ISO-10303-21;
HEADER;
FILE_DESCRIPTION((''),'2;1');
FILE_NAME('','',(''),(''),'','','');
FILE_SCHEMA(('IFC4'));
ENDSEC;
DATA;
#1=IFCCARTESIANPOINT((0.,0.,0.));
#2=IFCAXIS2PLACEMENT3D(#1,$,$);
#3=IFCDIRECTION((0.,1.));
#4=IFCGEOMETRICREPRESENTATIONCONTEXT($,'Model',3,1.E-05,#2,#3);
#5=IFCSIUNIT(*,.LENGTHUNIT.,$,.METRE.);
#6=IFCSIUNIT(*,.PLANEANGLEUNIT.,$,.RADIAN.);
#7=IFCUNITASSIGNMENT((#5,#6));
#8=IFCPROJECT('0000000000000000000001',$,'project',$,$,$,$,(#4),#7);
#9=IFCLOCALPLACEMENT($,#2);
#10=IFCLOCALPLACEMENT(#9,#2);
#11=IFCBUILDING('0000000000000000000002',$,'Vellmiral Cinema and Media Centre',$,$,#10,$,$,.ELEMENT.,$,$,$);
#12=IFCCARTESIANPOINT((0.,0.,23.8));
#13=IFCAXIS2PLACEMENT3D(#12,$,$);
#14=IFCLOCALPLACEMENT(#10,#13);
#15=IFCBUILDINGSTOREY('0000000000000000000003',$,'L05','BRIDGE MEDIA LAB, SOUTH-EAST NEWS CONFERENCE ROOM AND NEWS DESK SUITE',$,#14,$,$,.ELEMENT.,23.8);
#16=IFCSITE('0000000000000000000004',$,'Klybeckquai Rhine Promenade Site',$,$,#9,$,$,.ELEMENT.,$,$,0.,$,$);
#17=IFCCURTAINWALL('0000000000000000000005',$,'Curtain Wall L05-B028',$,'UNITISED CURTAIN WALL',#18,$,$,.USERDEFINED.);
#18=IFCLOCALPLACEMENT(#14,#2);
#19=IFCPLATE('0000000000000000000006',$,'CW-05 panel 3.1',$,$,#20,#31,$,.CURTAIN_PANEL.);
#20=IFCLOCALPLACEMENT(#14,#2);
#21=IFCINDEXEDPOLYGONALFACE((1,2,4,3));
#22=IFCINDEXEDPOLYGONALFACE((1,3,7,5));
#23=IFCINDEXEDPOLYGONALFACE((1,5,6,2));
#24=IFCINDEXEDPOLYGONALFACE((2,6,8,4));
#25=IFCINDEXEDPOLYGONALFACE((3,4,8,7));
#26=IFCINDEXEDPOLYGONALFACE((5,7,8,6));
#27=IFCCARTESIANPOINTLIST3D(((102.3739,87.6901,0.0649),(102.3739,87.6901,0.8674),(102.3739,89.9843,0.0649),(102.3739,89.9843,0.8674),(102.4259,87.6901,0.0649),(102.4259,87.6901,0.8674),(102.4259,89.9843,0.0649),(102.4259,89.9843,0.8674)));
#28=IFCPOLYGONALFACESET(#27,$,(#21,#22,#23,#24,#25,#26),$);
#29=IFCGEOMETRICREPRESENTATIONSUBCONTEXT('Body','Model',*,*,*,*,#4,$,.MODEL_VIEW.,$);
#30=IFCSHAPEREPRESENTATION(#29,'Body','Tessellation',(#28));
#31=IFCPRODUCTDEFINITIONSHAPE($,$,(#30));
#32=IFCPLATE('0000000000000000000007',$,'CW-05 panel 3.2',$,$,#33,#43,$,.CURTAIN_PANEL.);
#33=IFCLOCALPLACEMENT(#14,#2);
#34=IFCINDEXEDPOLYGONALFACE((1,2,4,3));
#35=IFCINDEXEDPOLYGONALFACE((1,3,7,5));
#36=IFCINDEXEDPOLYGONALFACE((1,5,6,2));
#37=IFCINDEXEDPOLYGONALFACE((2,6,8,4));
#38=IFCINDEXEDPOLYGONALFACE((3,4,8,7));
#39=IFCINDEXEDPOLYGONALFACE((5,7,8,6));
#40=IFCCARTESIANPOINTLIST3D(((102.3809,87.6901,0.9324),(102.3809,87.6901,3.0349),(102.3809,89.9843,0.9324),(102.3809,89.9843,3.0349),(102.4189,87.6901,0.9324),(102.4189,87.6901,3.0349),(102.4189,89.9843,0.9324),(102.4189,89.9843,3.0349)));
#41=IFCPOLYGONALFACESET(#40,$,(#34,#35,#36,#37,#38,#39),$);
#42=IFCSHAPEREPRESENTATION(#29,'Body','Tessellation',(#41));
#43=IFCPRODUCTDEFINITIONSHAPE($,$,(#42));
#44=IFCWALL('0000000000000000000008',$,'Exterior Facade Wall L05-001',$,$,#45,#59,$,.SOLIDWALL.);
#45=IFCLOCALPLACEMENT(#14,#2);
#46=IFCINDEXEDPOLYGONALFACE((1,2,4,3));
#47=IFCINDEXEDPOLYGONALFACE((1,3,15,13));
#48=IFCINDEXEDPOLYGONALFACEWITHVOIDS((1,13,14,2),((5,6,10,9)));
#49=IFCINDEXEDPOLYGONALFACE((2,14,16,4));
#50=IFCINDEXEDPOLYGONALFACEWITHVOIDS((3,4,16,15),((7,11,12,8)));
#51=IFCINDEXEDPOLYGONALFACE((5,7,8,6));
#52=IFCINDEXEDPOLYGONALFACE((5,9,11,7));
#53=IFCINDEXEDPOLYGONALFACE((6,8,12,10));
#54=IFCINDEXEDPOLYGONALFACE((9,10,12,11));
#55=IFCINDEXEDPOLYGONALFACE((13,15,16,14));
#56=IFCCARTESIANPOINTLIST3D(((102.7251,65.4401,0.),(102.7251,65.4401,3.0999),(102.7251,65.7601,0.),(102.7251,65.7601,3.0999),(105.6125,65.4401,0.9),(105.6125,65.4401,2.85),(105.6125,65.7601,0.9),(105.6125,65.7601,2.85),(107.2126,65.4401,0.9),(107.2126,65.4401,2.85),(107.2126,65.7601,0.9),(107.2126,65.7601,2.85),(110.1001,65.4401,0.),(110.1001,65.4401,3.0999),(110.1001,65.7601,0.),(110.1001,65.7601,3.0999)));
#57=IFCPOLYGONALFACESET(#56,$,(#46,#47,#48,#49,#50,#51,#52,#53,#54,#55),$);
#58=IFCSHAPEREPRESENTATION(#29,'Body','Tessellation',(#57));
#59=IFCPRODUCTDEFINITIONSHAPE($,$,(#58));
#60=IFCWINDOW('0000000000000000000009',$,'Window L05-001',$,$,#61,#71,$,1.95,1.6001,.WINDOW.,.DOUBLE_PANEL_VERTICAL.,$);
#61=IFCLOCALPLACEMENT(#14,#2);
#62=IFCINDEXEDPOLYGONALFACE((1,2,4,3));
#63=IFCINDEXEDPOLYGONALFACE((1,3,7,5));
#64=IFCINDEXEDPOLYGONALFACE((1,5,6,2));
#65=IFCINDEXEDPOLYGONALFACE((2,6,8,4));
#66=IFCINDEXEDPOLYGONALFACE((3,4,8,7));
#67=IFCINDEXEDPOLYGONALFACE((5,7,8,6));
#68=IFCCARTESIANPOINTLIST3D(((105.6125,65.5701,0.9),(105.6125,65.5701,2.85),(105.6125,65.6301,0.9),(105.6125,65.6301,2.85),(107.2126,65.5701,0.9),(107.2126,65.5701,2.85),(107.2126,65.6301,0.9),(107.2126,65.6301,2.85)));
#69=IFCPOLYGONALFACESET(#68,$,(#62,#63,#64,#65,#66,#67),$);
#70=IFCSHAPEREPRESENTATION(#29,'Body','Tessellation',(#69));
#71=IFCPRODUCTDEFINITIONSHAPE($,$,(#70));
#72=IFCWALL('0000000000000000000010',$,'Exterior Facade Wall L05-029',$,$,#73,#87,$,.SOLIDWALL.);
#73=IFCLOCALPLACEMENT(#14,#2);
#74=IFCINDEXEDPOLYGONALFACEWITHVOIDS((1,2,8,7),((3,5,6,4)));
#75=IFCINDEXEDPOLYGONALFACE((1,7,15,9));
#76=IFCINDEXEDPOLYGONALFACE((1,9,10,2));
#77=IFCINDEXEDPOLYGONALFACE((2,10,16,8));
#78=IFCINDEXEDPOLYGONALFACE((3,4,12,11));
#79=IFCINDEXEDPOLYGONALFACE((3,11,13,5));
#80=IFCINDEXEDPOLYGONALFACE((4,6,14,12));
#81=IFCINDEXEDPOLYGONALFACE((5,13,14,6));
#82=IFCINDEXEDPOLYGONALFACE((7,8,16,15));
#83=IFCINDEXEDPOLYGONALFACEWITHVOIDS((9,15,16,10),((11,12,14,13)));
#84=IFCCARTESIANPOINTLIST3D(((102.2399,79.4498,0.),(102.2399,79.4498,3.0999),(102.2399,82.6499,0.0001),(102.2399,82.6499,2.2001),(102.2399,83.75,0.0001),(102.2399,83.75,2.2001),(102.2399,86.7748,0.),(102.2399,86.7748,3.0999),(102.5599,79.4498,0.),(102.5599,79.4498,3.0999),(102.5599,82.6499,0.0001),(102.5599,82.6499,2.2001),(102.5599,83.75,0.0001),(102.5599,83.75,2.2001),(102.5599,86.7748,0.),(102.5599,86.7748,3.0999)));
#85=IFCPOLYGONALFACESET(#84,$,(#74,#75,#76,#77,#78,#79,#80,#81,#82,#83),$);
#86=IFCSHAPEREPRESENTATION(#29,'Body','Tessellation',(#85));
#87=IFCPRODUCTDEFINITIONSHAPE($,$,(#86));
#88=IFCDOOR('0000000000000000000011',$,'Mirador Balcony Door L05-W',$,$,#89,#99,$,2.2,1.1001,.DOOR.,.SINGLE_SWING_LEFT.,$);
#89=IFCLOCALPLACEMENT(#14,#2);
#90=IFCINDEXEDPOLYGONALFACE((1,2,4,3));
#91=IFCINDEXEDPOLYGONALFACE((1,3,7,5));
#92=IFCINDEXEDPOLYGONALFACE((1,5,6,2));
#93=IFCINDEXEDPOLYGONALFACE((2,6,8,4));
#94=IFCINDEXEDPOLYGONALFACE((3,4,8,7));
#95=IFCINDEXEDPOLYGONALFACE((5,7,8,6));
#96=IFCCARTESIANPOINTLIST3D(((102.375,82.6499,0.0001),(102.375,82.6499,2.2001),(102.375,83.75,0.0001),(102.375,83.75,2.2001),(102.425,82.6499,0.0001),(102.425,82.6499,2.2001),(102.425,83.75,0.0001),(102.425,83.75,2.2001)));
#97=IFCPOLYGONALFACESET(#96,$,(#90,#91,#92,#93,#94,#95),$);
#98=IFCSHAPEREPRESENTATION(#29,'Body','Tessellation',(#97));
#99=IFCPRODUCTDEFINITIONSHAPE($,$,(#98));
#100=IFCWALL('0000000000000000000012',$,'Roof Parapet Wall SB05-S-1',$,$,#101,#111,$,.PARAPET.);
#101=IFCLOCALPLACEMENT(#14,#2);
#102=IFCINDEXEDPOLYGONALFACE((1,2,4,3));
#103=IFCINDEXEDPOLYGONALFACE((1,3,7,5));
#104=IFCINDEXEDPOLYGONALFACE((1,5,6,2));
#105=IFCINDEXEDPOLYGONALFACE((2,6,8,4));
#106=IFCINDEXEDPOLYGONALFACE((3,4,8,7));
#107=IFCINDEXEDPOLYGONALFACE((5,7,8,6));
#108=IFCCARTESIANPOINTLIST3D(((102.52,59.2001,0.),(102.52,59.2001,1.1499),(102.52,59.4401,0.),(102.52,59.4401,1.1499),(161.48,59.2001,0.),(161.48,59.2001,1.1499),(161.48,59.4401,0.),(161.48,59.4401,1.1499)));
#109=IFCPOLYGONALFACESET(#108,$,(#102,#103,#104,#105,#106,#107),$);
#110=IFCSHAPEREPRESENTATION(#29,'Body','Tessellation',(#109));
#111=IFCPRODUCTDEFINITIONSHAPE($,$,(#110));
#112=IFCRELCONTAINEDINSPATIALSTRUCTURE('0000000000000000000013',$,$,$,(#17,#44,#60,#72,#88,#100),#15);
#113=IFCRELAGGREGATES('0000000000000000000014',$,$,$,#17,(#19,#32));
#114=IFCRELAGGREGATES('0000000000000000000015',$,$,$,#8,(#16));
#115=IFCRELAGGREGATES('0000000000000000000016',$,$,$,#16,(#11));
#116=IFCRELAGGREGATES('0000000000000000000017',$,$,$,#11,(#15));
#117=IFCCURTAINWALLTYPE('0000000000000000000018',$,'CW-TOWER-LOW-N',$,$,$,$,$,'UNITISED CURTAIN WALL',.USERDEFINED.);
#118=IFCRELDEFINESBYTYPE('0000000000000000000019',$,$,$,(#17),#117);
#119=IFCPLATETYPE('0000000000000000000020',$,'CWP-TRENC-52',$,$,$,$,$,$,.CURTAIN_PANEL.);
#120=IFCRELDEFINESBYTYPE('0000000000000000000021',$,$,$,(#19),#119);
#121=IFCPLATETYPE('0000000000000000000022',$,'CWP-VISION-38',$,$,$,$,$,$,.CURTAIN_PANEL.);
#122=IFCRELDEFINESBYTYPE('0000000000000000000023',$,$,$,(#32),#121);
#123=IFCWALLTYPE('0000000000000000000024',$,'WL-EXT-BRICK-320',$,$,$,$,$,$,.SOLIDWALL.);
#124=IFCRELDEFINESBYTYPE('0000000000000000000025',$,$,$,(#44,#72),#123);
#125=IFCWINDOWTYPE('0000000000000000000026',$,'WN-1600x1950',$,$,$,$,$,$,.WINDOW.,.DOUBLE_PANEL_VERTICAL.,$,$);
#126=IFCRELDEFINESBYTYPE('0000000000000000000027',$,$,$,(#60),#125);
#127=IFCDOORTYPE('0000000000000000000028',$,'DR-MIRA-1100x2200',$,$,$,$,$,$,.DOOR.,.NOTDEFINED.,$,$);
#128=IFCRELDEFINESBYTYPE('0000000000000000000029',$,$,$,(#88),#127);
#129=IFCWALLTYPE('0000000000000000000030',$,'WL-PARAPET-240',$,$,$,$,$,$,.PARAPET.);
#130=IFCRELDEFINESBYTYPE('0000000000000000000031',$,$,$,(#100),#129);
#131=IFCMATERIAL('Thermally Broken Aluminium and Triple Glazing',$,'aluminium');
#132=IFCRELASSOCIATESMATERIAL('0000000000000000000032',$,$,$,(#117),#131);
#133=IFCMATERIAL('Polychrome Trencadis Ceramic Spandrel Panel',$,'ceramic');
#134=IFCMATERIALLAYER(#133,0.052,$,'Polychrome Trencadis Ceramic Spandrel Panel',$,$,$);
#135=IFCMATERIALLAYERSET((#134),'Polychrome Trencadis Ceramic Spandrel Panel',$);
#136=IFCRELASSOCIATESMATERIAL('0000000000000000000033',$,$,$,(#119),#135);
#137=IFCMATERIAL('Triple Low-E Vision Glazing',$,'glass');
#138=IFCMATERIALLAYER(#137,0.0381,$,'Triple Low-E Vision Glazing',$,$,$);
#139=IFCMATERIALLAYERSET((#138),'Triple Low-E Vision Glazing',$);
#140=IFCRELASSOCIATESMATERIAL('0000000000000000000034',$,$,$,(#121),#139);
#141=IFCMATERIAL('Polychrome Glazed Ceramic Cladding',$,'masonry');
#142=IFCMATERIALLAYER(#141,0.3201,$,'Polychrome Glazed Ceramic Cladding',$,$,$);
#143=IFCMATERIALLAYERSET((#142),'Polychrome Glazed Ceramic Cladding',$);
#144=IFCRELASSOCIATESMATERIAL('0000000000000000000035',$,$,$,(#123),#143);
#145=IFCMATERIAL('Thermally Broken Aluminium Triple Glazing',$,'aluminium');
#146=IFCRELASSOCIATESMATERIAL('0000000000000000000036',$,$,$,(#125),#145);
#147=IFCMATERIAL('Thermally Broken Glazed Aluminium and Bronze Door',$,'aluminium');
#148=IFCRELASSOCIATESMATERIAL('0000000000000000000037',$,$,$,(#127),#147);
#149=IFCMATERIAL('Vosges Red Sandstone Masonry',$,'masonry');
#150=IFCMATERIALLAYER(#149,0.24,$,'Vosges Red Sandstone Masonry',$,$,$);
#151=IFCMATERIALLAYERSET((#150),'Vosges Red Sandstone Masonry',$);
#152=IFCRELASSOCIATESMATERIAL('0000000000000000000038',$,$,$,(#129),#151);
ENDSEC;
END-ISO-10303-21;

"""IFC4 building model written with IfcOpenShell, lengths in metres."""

from ifc_helpers import new_model, si_unit, direction, frame, frame_2d, origin, origin_2d, place, context, subcontext, project, spatial, rectangle, extrude, material, layer, layer_set, type_object, element, fill, aggregate, save


model = new_model("IFC4")

# Units and contexts
model_context = context("Model", 3, precision=1e-05, world=origin(), true_north=direction((0.0, 1.0)))
body_context = subcontext(model_context, "Body", "Model", "MODEL_VIEW")
ifc_project = project(units=[si_unit("LENGTHUNIT", "METRE"), si_unit("PLANEANGLEUNIT", "RADIAN")], contexts=[model_context])

# Site, building, storey
site_placement = place(None, origin())
site = spatial("IfcSite", under=ifc_project, at=site_placement, Name="Klybeckquai Rhine Promenade Site", CompositionType="ELEMENT", RefElevation=0.0)
building_placement = place(site_placement, origin())
building = spatial("IfcBuilding", under=site, at=building_placement, Name="Vellmiral Cinema and Media Centre", CompositionType="ELEMENT")
storey_placement = place(building_placement, frame((0.0, 0.0, 23.8)))
storey = spatial("IfcBuildingStorey", under=building, at=storey_placement, Name="L05", Description="BRIDGE MEDIA LAB, SOUTH-EAST NEWS CONFERENCE ROOM AND NEWS DESK SUITE", CompositionType="ELEMENT", Elevation=23.8)

# Curtain wall
ifc_material_1 = material(Name="Thermally Broken Aluminium and Triple Glazing", Category="aluminium")
curtain_wall_type_1 = type_object("IfcCurtainWallType", Name="CW-TOWER-LOW-N", ElementType="UNITISED CURTAIN WALL", PredefinedType="USERDEFINED", material=ifc_material_1)
curtain_wall_1_placement = place(storey_placement, origin())
curtain_wall_1 = element("IfcCurtainWall", 1, at=curtain_wall_1_placement, inside=storey, type_object=curtain_wall_type_1, Name="Curtain Wall L05-B028", ObjectType="UNITISED CURTAIN WALL", PredefinedType="USERDEFINED")

# Plates
ifc_material_2 = material(Name="Polychrome Trencadis Ceramic Spandrel Panel", Category="ceramic")
ifc_layer_1 = layer(ifc_material_2, 0.052, Name="Polychrome Trencadis Ceramic Spandrel Panel")
ifc_layer_set_1 = layer_set([ifc_layer_1], Name="Polychrome Trencadis Ceramic Spandrel Panel")
plate_type_1 = type_object("IfcPlateType", Name="CWP-TRENC-52", PredefinedType="CURTAIN_PANEL", material=ifc_layer_set_1)
plate_1_placement = place(storey_placement, frame((102.3999, 88.8372, 0.0649), z_axis=(0.0, 0.0, 1.0), x_axis=(0.0, -1.0, 0.0)))
plate_1 = element("IfcPlate", 2, at=plate_1_placement, type_object=plate_type_1, Name="CW-05 panel 3.1", PredefinedType="CURTAIN_PANEL", context=body_context, shape_type="SweptSolid", body=[
    extrude(rectangle(XDim=2.2942, YDim=0.052, at=origin_2d()), origin(), (0.0, 0.0, 1.0), 0.8025),
])
ifc_material_3 = material(Name="Triple Low-E Vision Glazing", Category="glass")
ifc_layer_2 = layer(ifc_material_3, 0.0381, Name="Triple Low-E Vision Glazing")
ifc_layer_set_2 = layer_set([ifc_layer_2], Name="Triple Low-E Vision Glazing")
plate_type_2 = type_object("IfcPlateType", Name="CWP-VISION-38", PredefinedType="CURTAIN_PANEL", material=ifc_layer_set_2)
plate_2_placement = place(storey_placement, frame((102.3999, 88.8372, 0.9324), z_axis=(0.0, 0.0, 1.0), x_axis=(0.0, -1.0, 0.0)))
plate_2 = element("IfcPlate", 3, at=plate_2_placement, type_object=plate_type_2, Name="CW-05 panel 3.2", PredefinedType="CURTAIN_PANEL", context=body_context, shape_type="SweptSolid", body=[
    extrude(rectangle(XDim=2.2942, YDim=0.0381, at=origin_2d()), origin(), (0.0, 0.0, 1.0), 2.1025),
])
aggregate(curtain_wall_1, [plate_1, plate_2])

# Wall, opening, window
ifc_material_4 = material(Name="Polychrome Glazed Ceramic Cladding", Category="masonry")
ifc_layer_3 = layer(ifc_material_4, 0.3201, Name="Polychrome Glazed Ceramic Cladding")
ifc_layer_set_3 = layer_set([ifc_layer_3], Name="Polychrome Glazed Ceramic Cladding")
wall_type_1 = type_object("IfcWallType", Name="WL-EXT-BRICK-320", PredefinedType="SOLIDWALL", material=ifc_layer_set_3)
wall_1_placement = place(storey_placement, frame((102.7251, 65.6001, 0.0), z_axis=(0.0, 0.0, 1.0), x_axis=(1.0, 0.0, 0.0)))
wall_1 = element("IfcWall", 4, at=wall_1_placement, inside=storey, type_object=wall_type_1, Name="Exterior Facade Wall L05-001", PredefinedType="SOLIDWALL", context=body_context, shape_type="SweptSolid", body=[
    extrude(rectangle(XDim=7.375, YDim=0.3201, at=frame_2d((3.6875, 0.0))), origin(), (0.0, 0.0, 1.0), 3.0999),
])
opening_1_placement = place(wall_1_placement, frame((2.8875, 0.0, 0.8999)))
opening_1 = element("IfcOpeningElement", 5, at=opening_1_placement, cuts=wall_1, PredefinedType="OPENING", context=body_context, shape_type="SweptSolid", body=[
    extrude(rectangle(XDim=1.6001, YDim=1.95, at=frame_2d((0.8, 0.9751))), frame((0.0, 0.1719, 0.0), z_axis=(0.0, -1.0, 0.0), x_axis=(1.0, 0.0, 0.0)), (0.0, 0.0, 1.0), 0.344),
])
ifc_material_5 = material(Name="Thermally Broken Aluminium Triple Glazing", Category="aluminium")
window_type = type_object("IfcWindowType", Name="WN-1600x1950", PartitioningType="DOUBLE_PANEL_VERTICAL", PredefinedType="WINDOW", material=ifc_material_5)
window_placement = place(opening_1_placement, origin())
window = element("IfcWindow", 6, at=window_placement, inside=storey, type_object=window_type, Name="Window L05-001", OverallHeight=1.95, OverallWidth=1.6001, PartitioningType="DOUBLE_PANEL_VERTICAL", PredefinedType="WINDOW", context=body_context, shape_type="SweptSolid", body=[
    extrude(rectangle(XDim=1.6001, YDim=1.95, at=frame_2d((0.8, 0.9751))), frame((0.0, 0.03, 0.0), z_axis=(0.0, -1.0, 0.0), x_axis=(1.0, 0.0, 0.0)), (0.0, 0.0, 1.0), 0.0601),
])
fill(opening_1, window)

# Wall, opening, door
wall_2_placement = place(storey_placement, frame((102.3999, 86.7749, 0.0), z_axis=(0.0, 0.0, 1.0), x_axis=(0.0, -1.0, 0.0)))
wall_2 = element("IfcWall", 7, at=wall_2_placement, inside=storey, type_object=wall_type_1, Name="Exterior Facade Wall L05-029", PredefinedType="SOLIDWALL", context=body_context, shape_type="SweptSolid", body=[
    extrude(rectangle(XDim=7.325, YDim=0.3201, at=frame_2d((3.6626, 0.0))), origin(), (0.0, 0.0, 1.0), 3.0999),
])
opening_2_placement = place(wall_2_placement, frame((3.0249, 0.0, 0.0)))
opening_2 = element("IfcOpeningElement", 8, at=opening_2_placement, cuts=wall_2, PredefinedType="OPENING", context=body_context, shape_type="SweptSolid", body=[
    extrude(rectangle(XDim=1.1001, YDim=2.2, at=frame_2d((0.55, 1.1001))), frame((0.0, 0.1719, 0.0), z_axis=(0.0, -1.0, 0.0), x_axis=(1.0, 0.0, 0.0)), (0.0, 0.0, 1.0), 0.344),
])
ifc_material_6 = material(Name="Thermally Broken Glazed Aluminium and Bronze Door", Category="aluminium")
door_type = type_object("IfcDoorType", Name="DR-MIRA-1100x2200", OperationType="NOTDEFINED", PredefinedType="DOOR", material=ifc_material_6)
door_placement = place(opening_2_placement, frame((1.1001, 0.0, 0.0), z_axis=(0.0, 0.0, 1.0), x_axis=(-1.0, 0.0, 0.0)))
door = element("IfcDoor", 9, at=door_placement, inside=storey, type_object=door_type, Name="Mirador Balcony Door L05-W", OperationType="SINGLE_SWING_LEFT", OverallHeight=2.2, OverallWidth=1.1001, PredefinedType="DOOR", context=body_context, shape_type="SweptSolid", body=[
    extrude(rectangle(XDim=1.1001, YDim=2.2, at=frame_2d((0.55, 1.1001))), frame((0.0, 0.0249, 0.0), z_axis=(0.0, -1.0, 0.0), x_axis=(1.0, 0.0, 0.0)), (0.0, 0.0, 1.0), 0.05),
])
fill(opening_2, door)

# Wall
ifc_material_7 = material(Name="Vosges Red Sandstone Masonry", Category="masonry")
ifc_layer_4 = layer(ifc_material_7, 0.24, Name="Vosges Red Sandstone Masonry")
ifc_layer_set_4 = layer_set([ifc_layer_4], Name="Vosges Red Sandstone Masonry")
wall_type_2 = type_object("IfcWallType", Name="WL-PARAPET-240", PredefinedType="PARAPET", material=ifc_layer_set_4)
wall_3_placement = place(storey_placement, frame((102.52, 59.3201, 0.0), z_axis=(0.0, 0.0, 1.0), x_axis=(1.0, 0.0, 0.0)))
element("IfcWall", 10, at=wall_3_placement, inside=storey, type_object=wall_type_2, Name="Roof Parapet Wall SB05-S-1", PredefinedType="PARAPET", context=body_context, shape_type="SweptSolid", body=[
    extrude(rectangle(XDim=58.96, YDim=0.24, at=frame_2d((29.48, 0.0))), origin(), (0.0, 0.0, 1.0), 1.1499),
])

save(model, "model.ifc")
